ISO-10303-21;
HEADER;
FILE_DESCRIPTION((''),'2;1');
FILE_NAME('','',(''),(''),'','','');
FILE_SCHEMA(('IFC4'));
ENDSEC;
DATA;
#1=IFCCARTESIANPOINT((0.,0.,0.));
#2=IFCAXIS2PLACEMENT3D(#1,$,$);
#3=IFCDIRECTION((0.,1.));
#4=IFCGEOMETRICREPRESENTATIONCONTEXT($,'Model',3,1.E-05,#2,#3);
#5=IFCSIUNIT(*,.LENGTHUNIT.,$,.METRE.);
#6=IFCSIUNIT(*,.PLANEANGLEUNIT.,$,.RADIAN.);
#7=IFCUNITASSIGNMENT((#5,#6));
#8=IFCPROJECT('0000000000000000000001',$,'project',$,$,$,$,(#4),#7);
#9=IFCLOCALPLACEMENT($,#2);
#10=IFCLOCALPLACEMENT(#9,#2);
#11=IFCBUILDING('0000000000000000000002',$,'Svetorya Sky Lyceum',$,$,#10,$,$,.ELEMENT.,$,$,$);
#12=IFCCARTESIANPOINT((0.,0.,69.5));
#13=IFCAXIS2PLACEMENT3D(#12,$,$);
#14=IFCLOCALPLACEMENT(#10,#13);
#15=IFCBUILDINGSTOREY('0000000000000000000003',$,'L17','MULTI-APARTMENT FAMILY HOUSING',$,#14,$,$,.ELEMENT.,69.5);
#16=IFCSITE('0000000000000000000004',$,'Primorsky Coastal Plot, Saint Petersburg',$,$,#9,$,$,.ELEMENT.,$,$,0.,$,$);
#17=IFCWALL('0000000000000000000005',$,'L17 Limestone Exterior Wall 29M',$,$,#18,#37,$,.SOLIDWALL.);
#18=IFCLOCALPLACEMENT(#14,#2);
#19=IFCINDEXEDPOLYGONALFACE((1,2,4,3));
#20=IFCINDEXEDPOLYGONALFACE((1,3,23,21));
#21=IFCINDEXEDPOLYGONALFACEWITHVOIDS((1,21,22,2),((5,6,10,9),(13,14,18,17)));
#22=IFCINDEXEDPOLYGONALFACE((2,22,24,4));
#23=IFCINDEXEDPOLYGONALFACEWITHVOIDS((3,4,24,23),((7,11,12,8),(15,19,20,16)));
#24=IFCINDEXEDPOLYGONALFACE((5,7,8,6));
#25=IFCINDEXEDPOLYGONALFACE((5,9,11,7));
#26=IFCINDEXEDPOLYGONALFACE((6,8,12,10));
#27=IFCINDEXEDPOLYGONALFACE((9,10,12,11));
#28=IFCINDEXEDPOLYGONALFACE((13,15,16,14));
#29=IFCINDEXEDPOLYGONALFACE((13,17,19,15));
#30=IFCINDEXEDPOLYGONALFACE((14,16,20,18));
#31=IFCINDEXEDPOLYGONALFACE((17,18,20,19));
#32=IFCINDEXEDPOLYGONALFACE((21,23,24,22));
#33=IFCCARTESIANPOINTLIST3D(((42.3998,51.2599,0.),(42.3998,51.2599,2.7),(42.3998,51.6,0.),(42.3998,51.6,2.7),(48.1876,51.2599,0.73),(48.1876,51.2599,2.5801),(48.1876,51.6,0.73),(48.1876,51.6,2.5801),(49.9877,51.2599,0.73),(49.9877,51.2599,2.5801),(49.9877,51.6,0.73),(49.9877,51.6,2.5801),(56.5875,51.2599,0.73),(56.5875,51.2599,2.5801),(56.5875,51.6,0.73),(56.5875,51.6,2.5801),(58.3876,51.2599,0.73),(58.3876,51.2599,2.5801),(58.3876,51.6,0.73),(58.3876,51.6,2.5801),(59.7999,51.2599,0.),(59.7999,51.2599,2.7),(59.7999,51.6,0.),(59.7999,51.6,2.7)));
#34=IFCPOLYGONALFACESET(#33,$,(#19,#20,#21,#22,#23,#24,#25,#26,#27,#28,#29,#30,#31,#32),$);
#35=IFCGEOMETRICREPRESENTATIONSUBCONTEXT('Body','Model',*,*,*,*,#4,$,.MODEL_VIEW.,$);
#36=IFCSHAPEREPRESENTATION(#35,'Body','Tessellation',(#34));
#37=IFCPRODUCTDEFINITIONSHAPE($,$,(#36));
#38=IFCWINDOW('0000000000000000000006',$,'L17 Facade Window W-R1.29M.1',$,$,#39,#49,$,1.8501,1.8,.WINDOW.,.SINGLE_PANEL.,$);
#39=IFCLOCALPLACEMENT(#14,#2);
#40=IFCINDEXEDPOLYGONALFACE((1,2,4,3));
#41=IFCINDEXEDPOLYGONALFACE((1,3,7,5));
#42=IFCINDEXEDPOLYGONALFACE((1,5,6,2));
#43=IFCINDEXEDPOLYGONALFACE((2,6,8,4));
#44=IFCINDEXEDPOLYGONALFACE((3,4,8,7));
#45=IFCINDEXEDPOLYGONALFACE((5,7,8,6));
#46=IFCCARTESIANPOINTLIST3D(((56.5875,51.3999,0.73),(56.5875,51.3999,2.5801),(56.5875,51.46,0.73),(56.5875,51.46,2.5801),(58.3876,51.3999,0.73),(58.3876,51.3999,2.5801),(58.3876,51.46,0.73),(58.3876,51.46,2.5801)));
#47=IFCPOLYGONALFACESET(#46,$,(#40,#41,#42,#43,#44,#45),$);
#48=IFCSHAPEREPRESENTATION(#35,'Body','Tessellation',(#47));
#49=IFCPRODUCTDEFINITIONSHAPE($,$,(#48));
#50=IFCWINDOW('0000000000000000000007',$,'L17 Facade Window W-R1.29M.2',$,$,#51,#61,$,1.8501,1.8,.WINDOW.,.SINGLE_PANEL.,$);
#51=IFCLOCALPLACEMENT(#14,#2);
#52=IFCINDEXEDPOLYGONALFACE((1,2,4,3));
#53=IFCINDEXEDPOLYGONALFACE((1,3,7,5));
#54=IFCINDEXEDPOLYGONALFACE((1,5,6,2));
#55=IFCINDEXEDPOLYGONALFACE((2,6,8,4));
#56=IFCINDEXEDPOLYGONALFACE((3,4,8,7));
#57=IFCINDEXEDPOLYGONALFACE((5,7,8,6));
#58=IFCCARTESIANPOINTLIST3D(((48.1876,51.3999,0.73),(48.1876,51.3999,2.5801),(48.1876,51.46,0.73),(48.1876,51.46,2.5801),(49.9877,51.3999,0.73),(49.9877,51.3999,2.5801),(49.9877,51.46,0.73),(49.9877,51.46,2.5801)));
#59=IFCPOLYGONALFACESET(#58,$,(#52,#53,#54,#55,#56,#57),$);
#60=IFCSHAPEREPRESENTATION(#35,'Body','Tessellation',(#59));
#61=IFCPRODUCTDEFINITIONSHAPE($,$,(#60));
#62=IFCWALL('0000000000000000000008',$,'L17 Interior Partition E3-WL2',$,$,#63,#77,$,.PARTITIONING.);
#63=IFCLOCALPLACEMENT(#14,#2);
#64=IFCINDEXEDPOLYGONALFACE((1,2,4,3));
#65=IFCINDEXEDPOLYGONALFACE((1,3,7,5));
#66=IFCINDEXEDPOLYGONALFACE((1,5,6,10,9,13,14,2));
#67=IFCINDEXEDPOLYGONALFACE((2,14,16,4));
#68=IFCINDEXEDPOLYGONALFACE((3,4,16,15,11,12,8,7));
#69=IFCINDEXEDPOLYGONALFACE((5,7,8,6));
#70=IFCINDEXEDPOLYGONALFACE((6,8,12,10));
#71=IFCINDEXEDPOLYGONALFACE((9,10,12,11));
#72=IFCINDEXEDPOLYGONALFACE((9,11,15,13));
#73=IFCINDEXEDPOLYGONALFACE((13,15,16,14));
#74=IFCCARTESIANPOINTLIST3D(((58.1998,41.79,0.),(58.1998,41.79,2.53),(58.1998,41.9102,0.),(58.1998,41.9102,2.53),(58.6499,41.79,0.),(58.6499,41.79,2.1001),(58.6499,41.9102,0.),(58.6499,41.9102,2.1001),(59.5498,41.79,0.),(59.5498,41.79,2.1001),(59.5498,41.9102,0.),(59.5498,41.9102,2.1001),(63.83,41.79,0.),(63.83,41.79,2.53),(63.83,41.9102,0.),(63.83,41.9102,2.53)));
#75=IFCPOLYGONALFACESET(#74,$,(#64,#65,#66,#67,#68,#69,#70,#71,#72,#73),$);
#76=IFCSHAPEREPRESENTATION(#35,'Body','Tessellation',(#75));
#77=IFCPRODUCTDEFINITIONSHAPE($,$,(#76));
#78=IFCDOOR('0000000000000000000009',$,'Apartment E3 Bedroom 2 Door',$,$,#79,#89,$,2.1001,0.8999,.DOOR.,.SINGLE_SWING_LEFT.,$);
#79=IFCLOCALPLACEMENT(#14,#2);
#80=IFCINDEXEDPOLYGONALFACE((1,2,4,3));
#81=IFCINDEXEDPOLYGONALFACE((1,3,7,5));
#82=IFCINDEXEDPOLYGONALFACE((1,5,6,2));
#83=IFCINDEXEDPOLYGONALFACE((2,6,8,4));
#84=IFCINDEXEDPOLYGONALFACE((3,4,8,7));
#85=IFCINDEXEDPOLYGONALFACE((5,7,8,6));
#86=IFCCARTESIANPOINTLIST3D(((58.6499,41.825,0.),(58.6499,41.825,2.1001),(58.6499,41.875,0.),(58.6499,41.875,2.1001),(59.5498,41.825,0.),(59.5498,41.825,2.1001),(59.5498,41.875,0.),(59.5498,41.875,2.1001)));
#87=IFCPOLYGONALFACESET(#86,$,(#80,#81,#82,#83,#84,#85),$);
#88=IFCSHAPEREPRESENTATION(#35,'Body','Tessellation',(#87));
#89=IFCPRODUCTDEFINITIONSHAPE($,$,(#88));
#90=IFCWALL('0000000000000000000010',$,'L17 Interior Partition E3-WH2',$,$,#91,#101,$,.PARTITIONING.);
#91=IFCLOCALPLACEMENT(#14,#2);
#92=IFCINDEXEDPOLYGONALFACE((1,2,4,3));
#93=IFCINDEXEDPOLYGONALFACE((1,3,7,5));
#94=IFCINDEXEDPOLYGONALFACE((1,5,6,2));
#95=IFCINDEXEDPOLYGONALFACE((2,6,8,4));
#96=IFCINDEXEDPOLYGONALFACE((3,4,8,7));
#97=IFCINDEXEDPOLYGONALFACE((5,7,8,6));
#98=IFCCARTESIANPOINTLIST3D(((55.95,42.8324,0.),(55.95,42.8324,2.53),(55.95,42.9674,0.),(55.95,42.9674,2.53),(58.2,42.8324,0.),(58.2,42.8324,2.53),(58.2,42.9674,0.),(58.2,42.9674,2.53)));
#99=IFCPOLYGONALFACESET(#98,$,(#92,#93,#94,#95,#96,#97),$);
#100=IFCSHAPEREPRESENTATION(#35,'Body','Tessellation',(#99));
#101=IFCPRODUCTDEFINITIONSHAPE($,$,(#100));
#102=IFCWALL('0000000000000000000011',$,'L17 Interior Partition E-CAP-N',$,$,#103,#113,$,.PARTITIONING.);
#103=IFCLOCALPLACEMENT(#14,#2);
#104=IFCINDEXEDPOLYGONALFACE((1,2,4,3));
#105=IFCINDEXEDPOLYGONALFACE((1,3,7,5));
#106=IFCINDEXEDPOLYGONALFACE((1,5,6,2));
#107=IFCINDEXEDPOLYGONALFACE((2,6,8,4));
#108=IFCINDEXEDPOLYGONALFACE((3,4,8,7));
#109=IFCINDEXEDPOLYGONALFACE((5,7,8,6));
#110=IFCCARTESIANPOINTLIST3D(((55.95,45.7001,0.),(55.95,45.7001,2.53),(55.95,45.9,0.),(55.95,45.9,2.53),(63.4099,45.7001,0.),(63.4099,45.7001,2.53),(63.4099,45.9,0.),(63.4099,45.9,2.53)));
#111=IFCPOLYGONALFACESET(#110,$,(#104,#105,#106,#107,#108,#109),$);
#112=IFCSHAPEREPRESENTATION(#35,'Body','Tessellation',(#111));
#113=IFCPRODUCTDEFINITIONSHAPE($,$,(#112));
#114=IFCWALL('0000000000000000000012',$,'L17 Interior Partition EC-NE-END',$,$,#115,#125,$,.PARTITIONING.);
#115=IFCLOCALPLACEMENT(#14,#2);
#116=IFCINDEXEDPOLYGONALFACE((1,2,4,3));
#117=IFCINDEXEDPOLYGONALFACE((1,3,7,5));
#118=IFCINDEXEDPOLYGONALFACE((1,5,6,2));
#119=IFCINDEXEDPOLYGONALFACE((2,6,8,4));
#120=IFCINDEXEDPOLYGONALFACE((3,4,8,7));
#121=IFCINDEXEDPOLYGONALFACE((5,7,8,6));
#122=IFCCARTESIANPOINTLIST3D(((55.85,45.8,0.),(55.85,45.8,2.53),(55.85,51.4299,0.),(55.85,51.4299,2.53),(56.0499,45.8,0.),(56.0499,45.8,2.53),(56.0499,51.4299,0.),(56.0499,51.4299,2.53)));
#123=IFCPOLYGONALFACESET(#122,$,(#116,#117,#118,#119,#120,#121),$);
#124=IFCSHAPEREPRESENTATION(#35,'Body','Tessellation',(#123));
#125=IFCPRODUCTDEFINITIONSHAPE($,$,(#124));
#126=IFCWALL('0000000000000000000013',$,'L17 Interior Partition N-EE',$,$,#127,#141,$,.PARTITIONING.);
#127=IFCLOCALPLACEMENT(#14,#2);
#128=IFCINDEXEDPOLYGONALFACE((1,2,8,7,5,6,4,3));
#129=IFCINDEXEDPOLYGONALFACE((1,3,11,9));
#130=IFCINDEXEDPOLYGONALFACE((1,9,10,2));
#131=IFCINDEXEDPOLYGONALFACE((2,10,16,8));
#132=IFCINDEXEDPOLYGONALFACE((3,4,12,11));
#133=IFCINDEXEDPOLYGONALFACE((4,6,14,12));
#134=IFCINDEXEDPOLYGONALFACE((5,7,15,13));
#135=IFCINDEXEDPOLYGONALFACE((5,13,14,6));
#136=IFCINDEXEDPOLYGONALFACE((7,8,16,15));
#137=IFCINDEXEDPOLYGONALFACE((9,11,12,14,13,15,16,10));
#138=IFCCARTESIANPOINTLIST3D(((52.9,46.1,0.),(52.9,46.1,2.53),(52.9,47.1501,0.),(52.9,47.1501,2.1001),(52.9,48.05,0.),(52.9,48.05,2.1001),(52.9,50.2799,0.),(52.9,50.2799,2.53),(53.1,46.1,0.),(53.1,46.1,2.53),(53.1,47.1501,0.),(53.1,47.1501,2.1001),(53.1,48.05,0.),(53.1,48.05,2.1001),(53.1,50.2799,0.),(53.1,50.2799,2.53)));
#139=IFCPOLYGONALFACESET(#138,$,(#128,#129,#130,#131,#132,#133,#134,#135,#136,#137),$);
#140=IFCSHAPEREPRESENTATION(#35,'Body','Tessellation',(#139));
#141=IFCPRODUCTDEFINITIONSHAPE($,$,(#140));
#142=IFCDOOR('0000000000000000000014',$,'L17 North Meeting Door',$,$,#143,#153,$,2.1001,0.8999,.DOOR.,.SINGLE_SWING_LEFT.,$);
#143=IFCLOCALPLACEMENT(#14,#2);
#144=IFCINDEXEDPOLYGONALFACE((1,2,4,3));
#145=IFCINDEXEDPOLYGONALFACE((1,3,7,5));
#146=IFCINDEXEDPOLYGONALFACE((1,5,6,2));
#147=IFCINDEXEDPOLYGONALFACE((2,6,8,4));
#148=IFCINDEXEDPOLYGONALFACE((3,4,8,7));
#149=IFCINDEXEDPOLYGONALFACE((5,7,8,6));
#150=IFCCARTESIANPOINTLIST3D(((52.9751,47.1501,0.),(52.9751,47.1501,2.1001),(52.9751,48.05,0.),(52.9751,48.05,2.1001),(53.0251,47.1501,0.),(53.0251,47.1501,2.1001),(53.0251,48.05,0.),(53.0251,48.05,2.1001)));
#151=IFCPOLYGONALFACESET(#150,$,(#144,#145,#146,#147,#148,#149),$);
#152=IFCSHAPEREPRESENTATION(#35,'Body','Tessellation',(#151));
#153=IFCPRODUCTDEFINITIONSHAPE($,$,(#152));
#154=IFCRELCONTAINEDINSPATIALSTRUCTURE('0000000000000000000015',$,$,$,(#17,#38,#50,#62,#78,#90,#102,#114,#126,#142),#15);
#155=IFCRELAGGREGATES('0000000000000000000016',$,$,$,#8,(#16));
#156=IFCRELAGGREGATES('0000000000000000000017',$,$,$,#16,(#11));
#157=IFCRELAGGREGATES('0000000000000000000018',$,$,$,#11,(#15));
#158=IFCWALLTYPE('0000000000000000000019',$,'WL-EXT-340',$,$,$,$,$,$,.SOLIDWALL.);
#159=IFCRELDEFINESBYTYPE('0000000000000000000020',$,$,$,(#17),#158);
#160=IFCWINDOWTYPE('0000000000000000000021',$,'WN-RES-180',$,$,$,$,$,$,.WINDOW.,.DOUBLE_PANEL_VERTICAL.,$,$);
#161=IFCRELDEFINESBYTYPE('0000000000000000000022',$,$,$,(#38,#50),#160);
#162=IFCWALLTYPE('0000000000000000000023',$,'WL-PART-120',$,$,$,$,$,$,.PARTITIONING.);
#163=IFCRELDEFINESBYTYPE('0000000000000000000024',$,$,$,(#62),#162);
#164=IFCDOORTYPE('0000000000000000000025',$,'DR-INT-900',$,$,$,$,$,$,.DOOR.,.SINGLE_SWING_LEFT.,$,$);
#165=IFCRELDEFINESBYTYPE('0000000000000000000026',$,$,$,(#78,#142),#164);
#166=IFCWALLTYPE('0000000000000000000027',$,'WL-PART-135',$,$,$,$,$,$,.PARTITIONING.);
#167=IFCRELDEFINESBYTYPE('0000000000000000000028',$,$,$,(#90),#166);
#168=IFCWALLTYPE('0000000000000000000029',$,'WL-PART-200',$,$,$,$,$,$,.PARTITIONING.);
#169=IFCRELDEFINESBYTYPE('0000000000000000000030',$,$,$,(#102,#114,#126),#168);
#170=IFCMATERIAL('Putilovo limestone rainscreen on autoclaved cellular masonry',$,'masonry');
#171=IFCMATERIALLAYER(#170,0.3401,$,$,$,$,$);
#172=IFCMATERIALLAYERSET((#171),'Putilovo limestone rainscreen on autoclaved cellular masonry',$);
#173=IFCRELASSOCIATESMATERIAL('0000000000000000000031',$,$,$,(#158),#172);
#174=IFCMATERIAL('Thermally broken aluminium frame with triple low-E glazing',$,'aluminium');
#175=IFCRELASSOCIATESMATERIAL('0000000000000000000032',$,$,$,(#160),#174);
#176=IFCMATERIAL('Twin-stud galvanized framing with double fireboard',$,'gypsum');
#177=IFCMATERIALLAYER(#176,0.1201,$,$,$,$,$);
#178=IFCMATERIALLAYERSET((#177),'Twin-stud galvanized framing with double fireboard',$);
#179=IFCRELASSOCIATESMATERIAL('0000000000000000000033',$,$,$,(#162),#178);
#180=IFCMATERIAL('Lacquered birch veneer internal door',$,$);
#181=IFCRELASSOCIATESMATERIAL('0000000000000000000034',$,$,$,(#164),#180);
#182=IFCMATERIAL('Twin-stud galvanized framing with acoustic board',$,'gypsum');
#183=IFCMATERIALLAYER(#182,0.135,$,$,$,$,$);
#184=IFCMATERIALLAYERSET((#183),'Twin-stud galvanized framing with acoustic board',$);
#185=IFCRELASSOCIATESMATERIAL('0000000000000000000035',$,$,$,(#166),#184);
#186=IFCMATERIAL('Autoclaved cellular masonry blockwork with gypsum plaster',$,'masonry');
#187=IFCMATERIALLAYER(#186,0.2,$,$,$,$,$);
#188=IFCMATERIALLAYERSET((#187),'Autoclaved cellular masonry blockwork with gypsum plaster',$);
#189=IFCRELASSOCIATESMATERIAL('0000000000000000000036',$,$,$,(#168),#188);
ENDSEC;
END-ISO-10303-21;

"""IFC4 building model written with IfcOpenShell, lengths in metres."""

from ifc_helpers import new_model, si_unit, direction, frame, frame_2d, origin, place, context, subcontext, project, spatial, rectangle, extrude, material, layer, layer_set, type_object, element, fill, save


model = new_model("IFC4")

# Units and contexts
model_context = context("Model", 3, precision=1e-05, world=origin(), true_north=direction((0.0, 1.0)))
body_context = subcontext(model_context, "Body", "Model", "MODEL_VIEW")
ifc_project = project(units=[si_unit("LENGTHUNIT", "METRE"), si_unit("PLANEANGLEUNIT", "RADIAN")], contexts=[model_context])

# Site, building, storey
site_placement = place(None, origin())
site = spatial("IfcSite", under=ifc_project, at=site_placement, Name="Primorsky Coastal Plot, Saint Petersburg", CompositionType="ELEMENT", RefElevation=0.0)
building_placement = place(site_placement, origin())
building = spatial("IfcBuilding", under=site, at=building_placement, Name="Svetorya Sky Lyceum", CompositionType="ELEMENT")
storey_placement = place(building_placement, frame((0.0, 0.0, 69.5)))
storey = spatial("IfcBuildingStorey", under=building, at=storey_placement, Name="L17", Description="MULTI-APARTMENT FAMILY HOUSING", CompositionType="ELEMENT", Elevation=69.5)

# Shared definitions
ifc_material_1 = material(Name="Putilovo limestone rainscreen on autoclaved cellular masonry", Category="masonry")
ifc_layer_1 = layer(ifc_material_1, 0.3401)
ifc_layer_set_1 = layer_set([ifc_layer_1], Name="Putilovo limestone rainscreen on autoclaved cellular masonry")
wall_type_1 = type_object("IfcWallType", Name="WL-EXT-340", PredefinedType="SOLIDWALL", material=ifc_layer_set_1)

# Wall, openings, windows
wall_1_placement = place(storey_placement, frame((59.8, 51.4299, 0.0), z_axis=(0.0, 0.0, 1.0), x_axis=(-1.0, 0.0, 0.0)))
wall_1 = element("IfcWall", 1, at=wall_1_placement, inside=storey, type_object=wall_type_1, Name="L17 Limestone Exterior Wall 29M", PredefinedType="SOLIDWALL", context=body_context, shape_type="SweptSolid", body=[
    extrude(rectangle(XDim=17.4001, YDim=0.3401, at=frame_2d((8.7002, 0.0))), origin(), (0.0, 0.0, 1.0), 2.7),
])
opening_1_placement = place(wall_1_placement, frame((1.4126, 0.0, 0.73)))
opening_1 = element("IfcOpeningElement", 2, at=opening_1_placement, cuts=wall_1, PredefinedType="OPENING", context=body_context, shape_type="SweptSolid", body=[
    extrude(rectangle(XDim=1.8, YDim=1.8501, at=frame_2d((0.8999, 0.925))), frame((0.0, 0.1799, 0.0), z_axis=(0.0, -1.0, 0.0), x_axis=(1.0, 0.0, 0.0)), (0.0, 0.0, 1.0), 0.3601),
])
opening_2_placement = place(wall_1_placement, frame((9.8125, 0.0, 0.73)))
opening_2 = element("IfcOpeningElement", 3, at=opening_2_placement, cuts=wall_1, PredefinedType="OPENING", context=body_context, shape_type="SweptSolid", body=[
    extrude(rectangle(XDim=1.8, YDim=1.8501, at=frame_2d((0.8999, 0.925))), frame((0.0, 0.1799, 0.0), z_axis=(0.0, -1.0, 0.0), x_axis=(1.0, 0.0, 0.0)), (0.0, 0.0, 1.0), 0.3601),
])
ifc_material_2 = material(Name="Thermally broken aluminium frame with triple low-E glazing", Category="aluminium")
window_type = type_object("IfcWindowType", Name="WN-RES-180", PartitioningType="DOUBLE_PANEL_VERTICAL", PredefinedType="WINDOW", material=ifc_material_2)
window_1_placement = place(opening_1_placement, origin())
window_1 = element("IfcWindow", 4, at=window_1_placement, inside=storey, type_object=window_type, Name="L17 Facade Window W-R1.29M.1", OverallHeight=1.8501, OverallWidth=1.8, PartitioningType="SINGLE_PANEL", PredefinedType="WINDOW", context=body_context, shape_type="SweptSolid", body=[
    extrude(rectangle(XDim=1.8, YDim=1.8501, at=frame_2d((0.8999, 0.925))), frame((0.0, 0.03, 0.0), z_axis=(0.0, -1.0, 0.0), x_axis=(1.0, 0.0, 0.0)), (0.0, 0.0, 1.0), 0.0601),
])
fill(opening_1, window_1)
window_2_placement = place(opening_2_placement, origin())
window_2 = element("IfcWindow", 5, at=window_2_placement, inside=storey, type_object=window_type, Name="L17 Facade Window W-R1.29M.2", OverallHeight=1.8501, OverallWidth=1.8, PartitioningType="SINGLE_PANEL", PredefinedType="WINDOW", context=body_context, shape_type="SweptSolid", body=[
    extrude(rectangle(XDim=1.8, YDim=1.8501, at=frame_2d((0.8999, 0.925))), frame((0.0, 0.03, 0.0), z_axis=(0.0, -1.0, 0.0), x_axis=(1.0, 0.0, 0.0)), (0.0, 0.0, 1.0), 0.0601),
])
fill(opening_2, window_2)

# Wall, opening, door
ifc_material_3 = material(Name="Twin-stud galvanized framing with double fireboard", Category="gypsum")
ifc_layer_2 = layer(ifc_material_3, 0.1201)
ifc_layer_set_2 = layer_set([ifc_layer_2], Name="Twin-stud galvanized framing with double fireboard")
wall_type_2 = type_object("IfcWallType", Name="WL-PART-120", PredefinedType="PARTITIONING", material=ifc_layer_set_2)
wall_2_placement = place(storey_placement, frame((58.2, 41.8501, 0.0), z_axis=(0.0, 0.0, 1.0), x_axis=(1.0, 0.0, 0.0)))
wall_2 = element("IfcWall", 6, at=wall_2_placement, inside=storey, type_object=wall_type_2, Name="L17 Interior Partition E3-WL2", PredefinedType="PARTITIONING", context=body_context, shape_type="SweptSolid", body=[
    extrude(rectangle(XDim=5.6301, YDim=0.1201, at=frame_2d((2.8149, 0.0))), origin(), (0.0, 0.0, 1.0), 2.53),
])
opening_3_placement = place(wall_2_placement, frame((0.45, 0.0, 0.0)))
opening_3 = element("IfcOpeningElement", 7, at=opening_3_placement, cuts=wall_2, PredefinedType="OPENING", context=body_context, shape_type="SweptSolid", body=[
    extrude(rectangle(XDim=0.8999, YDim=2.1001, at=frame_2d((0.45, 1.05))), frame((0.0, 0.0701, 0.0), z_axis=(0.0, -1.0, 0.0), x_axis=(1.0, 0.0, 0.0)), (0.0, 0.0, 1.0), 0.1401),
])
ifc_material_4 = material(Name="Lacquered birch veneer internal door")
door_type = type_object("IfcDoorType", Name="DR-INT-900", OperationType="SINGLE_SWING_LEFT", PredefinedType="DOOR", material=ifc_material_4)
door_1_placement = place(opening_3_placement, origin())
door_1 = element("IfcDoor", 8, at=door_1_placement, inside=storey, type_object=door_type, Name="Apartment E3 Bedroom 2 Door", OperationType="SINGLE_SWING_LEFT", OverallHeight=2.1001, OverallWidth=0.8999, PredefinedType="DOOR", context=body_context, shape_type="SweptSolid", body=[
    extrude(rectangle(XDim=0.8999, YDim=2.1001, at=frame_2d((0.45, 1.05))), frame((0.0, 0.0249, 0.0), z_axis=(0.0, -1.0, 0.0), x_axis=(1.0, 0.0, 0.0)), (0.0, 0.0, 1.0), 0.05),
])
fill(opening_3, door_1)

# Walls
ifc_material_5 = material(Name="Twin-stud galvanized framing with acoustic board", Category="gypsum")
ifc_layer_3 = layer(ifc_material_5, 0.135)
ifc_layer_set_3 = layer_set([ifc_layer_3], Name="Twin-stud galvanized framing with acoustic board")
wall_type_3 = type_object("IfcWallType", Name="WL-PART-135", PredefinedType="PARTITIONING", material=ifc_layer_set_3)
wall_3_placement = place(storey_placement, frame((55.95, 42.8999, 0.0), z_axis=(0.0, 0.0, 1.0), x_axis=(1.0, 0.0, 0.0)))
element("IfcWall", 9, at=wall_3_placement, inside=storey, type_object=wall_type_3, Name="L17 Interior Partition E3-WH2", PredefinedType="PARTITIONING", context=body_context, shape_type="SweptSolid", body=[
    extrude(rectangle(XDim=2.25, YDim=0.135, at=frame_2d((1.125, 0.0))), origin(), (0.0, 0.0, 1.0), 2.53),
])
ifc_material_6 = material(Name="Autoclaved cellular masonry blockwork with gypsum plaster", Category="masonry")
ifc_layer_4 = layer(ifc_material_6, 0.2)
ifc_layer_set_4 = layer_set([ifc_layer_4], Name="Autoclaved cellular masonry blockwork with gypsum plaster")
wall_type_4 = type_object("IfcWallType", Name="WL-PART-200", PredefinedType="PARTITIONING", material=ifc_layer_set_4)
wall_4_placement = place(storey_placement, frame((55.95, 45.8, 0.0), z_axis=(0.0, 0.0, 1.0), x_axis=(1.0, 0.0, 0.0)))
element("IfcWall", 10, at=wall_4_placement, inside=storey, type_object=wall_type_4, Name="L17 Interior Partition E-CAP-N", PredefinedType="PARTITIONING", context=body_context, shape_type="SweptSolid", body=[
    extrude(rectangle(XDim=7.46, YDim=0.2, at=frame_2d((3.73, 0.0))), origin(), (0.0, 0.0, 1.0), 2.53),
])
wall_5_placement = place(storey_placement, frame((55.95, 45.8, 0.0), z_axis=(0.0, 0.0, 1.0), x_axis=(0.0, 1.0, 0.0)))
element("IfcWall", 11, at=wall_5_placement, inside=storey, type_object=wall_type_4, Name="L17 Interior Partition EC-NE-END", PredefinedType="PARTITIONING", context=body_context, shape_type="SweptSolid", body=[
    extrude(rectangle(XDim=5.6299, YDim=0.2, at=frame_2d((2.8149, 0.0))), origin(), (0.0, 0.0, 1.0), 2.53),
])

# Wall, opening, door
wall_6_placement = place(storey_placement, frame((53.0, 46.1001, 0.0), z_axis=(0.0, 0.0, 1.0), x_axis=(0.0, 1.0, 0.0)))
wall_6 = element("IfcWall", 12, at=wall_6_placement, inside=storey, type_object=wall_type_4, Name="L17 Interior Partition N-EE", PredefinedType="PARTITIONING", context=body_context, shape_type="SweptSolid", body=[
    extrude(rectangle(XDim=4.1799, YDim=0.2, at=frame_2d((2.0898, 0.0))), origin(), (0.0, 0.0, 1.0), 2.53),
])
opening_4_placement = place(wall_6_placement, frame((1.05, 0.0, 0.0)))
opening_4 = element("IfcOpeningElement", 13, at=opening_4_placement, cuts=wall_6, PredefinedType="OPENING", context=body_context, shape_type="SweptSolid", body=[
    extrude(rectangle(XDim=0.8999, YDim=2.1001, at=frame_2d((0.45, 1.05))), frame((0.0, 0.1099, 0.0), z_axis=(0.0, -1.0, 0.0), x_axis=(1.0, 0.0, 0.0)), (0.0, 0.0, 1.0), 0.22),
])
door_2_placement = place(opening_4_placement, origin())
door_2 = element("IfcDoor", 14, at=door_2_placement, inside=storey, type_object=door_type, Name="L17 North Meeting Door", OperationType="SINGLE_SWING_LEFT", OverallHeight=2.1001, OverallWidth=0.8999, PredefinedType="DOOR", context=body_context, shape_type="SweptSolid", body=[
    extrude(rectangle(XDim=0.8999, YDim=2.1001, at=frame_2d((0.45, 1.05))), frame((0.0, 0.0249, 0.0), z_axis=(0.0, -1.0, 0.0), x_axis=(1.0, 0.0, 0.0)), (0.0, 0.0, 1.0), 0.05),
])
fill(opening_4, door_2)

save(model, "model.ifc")
